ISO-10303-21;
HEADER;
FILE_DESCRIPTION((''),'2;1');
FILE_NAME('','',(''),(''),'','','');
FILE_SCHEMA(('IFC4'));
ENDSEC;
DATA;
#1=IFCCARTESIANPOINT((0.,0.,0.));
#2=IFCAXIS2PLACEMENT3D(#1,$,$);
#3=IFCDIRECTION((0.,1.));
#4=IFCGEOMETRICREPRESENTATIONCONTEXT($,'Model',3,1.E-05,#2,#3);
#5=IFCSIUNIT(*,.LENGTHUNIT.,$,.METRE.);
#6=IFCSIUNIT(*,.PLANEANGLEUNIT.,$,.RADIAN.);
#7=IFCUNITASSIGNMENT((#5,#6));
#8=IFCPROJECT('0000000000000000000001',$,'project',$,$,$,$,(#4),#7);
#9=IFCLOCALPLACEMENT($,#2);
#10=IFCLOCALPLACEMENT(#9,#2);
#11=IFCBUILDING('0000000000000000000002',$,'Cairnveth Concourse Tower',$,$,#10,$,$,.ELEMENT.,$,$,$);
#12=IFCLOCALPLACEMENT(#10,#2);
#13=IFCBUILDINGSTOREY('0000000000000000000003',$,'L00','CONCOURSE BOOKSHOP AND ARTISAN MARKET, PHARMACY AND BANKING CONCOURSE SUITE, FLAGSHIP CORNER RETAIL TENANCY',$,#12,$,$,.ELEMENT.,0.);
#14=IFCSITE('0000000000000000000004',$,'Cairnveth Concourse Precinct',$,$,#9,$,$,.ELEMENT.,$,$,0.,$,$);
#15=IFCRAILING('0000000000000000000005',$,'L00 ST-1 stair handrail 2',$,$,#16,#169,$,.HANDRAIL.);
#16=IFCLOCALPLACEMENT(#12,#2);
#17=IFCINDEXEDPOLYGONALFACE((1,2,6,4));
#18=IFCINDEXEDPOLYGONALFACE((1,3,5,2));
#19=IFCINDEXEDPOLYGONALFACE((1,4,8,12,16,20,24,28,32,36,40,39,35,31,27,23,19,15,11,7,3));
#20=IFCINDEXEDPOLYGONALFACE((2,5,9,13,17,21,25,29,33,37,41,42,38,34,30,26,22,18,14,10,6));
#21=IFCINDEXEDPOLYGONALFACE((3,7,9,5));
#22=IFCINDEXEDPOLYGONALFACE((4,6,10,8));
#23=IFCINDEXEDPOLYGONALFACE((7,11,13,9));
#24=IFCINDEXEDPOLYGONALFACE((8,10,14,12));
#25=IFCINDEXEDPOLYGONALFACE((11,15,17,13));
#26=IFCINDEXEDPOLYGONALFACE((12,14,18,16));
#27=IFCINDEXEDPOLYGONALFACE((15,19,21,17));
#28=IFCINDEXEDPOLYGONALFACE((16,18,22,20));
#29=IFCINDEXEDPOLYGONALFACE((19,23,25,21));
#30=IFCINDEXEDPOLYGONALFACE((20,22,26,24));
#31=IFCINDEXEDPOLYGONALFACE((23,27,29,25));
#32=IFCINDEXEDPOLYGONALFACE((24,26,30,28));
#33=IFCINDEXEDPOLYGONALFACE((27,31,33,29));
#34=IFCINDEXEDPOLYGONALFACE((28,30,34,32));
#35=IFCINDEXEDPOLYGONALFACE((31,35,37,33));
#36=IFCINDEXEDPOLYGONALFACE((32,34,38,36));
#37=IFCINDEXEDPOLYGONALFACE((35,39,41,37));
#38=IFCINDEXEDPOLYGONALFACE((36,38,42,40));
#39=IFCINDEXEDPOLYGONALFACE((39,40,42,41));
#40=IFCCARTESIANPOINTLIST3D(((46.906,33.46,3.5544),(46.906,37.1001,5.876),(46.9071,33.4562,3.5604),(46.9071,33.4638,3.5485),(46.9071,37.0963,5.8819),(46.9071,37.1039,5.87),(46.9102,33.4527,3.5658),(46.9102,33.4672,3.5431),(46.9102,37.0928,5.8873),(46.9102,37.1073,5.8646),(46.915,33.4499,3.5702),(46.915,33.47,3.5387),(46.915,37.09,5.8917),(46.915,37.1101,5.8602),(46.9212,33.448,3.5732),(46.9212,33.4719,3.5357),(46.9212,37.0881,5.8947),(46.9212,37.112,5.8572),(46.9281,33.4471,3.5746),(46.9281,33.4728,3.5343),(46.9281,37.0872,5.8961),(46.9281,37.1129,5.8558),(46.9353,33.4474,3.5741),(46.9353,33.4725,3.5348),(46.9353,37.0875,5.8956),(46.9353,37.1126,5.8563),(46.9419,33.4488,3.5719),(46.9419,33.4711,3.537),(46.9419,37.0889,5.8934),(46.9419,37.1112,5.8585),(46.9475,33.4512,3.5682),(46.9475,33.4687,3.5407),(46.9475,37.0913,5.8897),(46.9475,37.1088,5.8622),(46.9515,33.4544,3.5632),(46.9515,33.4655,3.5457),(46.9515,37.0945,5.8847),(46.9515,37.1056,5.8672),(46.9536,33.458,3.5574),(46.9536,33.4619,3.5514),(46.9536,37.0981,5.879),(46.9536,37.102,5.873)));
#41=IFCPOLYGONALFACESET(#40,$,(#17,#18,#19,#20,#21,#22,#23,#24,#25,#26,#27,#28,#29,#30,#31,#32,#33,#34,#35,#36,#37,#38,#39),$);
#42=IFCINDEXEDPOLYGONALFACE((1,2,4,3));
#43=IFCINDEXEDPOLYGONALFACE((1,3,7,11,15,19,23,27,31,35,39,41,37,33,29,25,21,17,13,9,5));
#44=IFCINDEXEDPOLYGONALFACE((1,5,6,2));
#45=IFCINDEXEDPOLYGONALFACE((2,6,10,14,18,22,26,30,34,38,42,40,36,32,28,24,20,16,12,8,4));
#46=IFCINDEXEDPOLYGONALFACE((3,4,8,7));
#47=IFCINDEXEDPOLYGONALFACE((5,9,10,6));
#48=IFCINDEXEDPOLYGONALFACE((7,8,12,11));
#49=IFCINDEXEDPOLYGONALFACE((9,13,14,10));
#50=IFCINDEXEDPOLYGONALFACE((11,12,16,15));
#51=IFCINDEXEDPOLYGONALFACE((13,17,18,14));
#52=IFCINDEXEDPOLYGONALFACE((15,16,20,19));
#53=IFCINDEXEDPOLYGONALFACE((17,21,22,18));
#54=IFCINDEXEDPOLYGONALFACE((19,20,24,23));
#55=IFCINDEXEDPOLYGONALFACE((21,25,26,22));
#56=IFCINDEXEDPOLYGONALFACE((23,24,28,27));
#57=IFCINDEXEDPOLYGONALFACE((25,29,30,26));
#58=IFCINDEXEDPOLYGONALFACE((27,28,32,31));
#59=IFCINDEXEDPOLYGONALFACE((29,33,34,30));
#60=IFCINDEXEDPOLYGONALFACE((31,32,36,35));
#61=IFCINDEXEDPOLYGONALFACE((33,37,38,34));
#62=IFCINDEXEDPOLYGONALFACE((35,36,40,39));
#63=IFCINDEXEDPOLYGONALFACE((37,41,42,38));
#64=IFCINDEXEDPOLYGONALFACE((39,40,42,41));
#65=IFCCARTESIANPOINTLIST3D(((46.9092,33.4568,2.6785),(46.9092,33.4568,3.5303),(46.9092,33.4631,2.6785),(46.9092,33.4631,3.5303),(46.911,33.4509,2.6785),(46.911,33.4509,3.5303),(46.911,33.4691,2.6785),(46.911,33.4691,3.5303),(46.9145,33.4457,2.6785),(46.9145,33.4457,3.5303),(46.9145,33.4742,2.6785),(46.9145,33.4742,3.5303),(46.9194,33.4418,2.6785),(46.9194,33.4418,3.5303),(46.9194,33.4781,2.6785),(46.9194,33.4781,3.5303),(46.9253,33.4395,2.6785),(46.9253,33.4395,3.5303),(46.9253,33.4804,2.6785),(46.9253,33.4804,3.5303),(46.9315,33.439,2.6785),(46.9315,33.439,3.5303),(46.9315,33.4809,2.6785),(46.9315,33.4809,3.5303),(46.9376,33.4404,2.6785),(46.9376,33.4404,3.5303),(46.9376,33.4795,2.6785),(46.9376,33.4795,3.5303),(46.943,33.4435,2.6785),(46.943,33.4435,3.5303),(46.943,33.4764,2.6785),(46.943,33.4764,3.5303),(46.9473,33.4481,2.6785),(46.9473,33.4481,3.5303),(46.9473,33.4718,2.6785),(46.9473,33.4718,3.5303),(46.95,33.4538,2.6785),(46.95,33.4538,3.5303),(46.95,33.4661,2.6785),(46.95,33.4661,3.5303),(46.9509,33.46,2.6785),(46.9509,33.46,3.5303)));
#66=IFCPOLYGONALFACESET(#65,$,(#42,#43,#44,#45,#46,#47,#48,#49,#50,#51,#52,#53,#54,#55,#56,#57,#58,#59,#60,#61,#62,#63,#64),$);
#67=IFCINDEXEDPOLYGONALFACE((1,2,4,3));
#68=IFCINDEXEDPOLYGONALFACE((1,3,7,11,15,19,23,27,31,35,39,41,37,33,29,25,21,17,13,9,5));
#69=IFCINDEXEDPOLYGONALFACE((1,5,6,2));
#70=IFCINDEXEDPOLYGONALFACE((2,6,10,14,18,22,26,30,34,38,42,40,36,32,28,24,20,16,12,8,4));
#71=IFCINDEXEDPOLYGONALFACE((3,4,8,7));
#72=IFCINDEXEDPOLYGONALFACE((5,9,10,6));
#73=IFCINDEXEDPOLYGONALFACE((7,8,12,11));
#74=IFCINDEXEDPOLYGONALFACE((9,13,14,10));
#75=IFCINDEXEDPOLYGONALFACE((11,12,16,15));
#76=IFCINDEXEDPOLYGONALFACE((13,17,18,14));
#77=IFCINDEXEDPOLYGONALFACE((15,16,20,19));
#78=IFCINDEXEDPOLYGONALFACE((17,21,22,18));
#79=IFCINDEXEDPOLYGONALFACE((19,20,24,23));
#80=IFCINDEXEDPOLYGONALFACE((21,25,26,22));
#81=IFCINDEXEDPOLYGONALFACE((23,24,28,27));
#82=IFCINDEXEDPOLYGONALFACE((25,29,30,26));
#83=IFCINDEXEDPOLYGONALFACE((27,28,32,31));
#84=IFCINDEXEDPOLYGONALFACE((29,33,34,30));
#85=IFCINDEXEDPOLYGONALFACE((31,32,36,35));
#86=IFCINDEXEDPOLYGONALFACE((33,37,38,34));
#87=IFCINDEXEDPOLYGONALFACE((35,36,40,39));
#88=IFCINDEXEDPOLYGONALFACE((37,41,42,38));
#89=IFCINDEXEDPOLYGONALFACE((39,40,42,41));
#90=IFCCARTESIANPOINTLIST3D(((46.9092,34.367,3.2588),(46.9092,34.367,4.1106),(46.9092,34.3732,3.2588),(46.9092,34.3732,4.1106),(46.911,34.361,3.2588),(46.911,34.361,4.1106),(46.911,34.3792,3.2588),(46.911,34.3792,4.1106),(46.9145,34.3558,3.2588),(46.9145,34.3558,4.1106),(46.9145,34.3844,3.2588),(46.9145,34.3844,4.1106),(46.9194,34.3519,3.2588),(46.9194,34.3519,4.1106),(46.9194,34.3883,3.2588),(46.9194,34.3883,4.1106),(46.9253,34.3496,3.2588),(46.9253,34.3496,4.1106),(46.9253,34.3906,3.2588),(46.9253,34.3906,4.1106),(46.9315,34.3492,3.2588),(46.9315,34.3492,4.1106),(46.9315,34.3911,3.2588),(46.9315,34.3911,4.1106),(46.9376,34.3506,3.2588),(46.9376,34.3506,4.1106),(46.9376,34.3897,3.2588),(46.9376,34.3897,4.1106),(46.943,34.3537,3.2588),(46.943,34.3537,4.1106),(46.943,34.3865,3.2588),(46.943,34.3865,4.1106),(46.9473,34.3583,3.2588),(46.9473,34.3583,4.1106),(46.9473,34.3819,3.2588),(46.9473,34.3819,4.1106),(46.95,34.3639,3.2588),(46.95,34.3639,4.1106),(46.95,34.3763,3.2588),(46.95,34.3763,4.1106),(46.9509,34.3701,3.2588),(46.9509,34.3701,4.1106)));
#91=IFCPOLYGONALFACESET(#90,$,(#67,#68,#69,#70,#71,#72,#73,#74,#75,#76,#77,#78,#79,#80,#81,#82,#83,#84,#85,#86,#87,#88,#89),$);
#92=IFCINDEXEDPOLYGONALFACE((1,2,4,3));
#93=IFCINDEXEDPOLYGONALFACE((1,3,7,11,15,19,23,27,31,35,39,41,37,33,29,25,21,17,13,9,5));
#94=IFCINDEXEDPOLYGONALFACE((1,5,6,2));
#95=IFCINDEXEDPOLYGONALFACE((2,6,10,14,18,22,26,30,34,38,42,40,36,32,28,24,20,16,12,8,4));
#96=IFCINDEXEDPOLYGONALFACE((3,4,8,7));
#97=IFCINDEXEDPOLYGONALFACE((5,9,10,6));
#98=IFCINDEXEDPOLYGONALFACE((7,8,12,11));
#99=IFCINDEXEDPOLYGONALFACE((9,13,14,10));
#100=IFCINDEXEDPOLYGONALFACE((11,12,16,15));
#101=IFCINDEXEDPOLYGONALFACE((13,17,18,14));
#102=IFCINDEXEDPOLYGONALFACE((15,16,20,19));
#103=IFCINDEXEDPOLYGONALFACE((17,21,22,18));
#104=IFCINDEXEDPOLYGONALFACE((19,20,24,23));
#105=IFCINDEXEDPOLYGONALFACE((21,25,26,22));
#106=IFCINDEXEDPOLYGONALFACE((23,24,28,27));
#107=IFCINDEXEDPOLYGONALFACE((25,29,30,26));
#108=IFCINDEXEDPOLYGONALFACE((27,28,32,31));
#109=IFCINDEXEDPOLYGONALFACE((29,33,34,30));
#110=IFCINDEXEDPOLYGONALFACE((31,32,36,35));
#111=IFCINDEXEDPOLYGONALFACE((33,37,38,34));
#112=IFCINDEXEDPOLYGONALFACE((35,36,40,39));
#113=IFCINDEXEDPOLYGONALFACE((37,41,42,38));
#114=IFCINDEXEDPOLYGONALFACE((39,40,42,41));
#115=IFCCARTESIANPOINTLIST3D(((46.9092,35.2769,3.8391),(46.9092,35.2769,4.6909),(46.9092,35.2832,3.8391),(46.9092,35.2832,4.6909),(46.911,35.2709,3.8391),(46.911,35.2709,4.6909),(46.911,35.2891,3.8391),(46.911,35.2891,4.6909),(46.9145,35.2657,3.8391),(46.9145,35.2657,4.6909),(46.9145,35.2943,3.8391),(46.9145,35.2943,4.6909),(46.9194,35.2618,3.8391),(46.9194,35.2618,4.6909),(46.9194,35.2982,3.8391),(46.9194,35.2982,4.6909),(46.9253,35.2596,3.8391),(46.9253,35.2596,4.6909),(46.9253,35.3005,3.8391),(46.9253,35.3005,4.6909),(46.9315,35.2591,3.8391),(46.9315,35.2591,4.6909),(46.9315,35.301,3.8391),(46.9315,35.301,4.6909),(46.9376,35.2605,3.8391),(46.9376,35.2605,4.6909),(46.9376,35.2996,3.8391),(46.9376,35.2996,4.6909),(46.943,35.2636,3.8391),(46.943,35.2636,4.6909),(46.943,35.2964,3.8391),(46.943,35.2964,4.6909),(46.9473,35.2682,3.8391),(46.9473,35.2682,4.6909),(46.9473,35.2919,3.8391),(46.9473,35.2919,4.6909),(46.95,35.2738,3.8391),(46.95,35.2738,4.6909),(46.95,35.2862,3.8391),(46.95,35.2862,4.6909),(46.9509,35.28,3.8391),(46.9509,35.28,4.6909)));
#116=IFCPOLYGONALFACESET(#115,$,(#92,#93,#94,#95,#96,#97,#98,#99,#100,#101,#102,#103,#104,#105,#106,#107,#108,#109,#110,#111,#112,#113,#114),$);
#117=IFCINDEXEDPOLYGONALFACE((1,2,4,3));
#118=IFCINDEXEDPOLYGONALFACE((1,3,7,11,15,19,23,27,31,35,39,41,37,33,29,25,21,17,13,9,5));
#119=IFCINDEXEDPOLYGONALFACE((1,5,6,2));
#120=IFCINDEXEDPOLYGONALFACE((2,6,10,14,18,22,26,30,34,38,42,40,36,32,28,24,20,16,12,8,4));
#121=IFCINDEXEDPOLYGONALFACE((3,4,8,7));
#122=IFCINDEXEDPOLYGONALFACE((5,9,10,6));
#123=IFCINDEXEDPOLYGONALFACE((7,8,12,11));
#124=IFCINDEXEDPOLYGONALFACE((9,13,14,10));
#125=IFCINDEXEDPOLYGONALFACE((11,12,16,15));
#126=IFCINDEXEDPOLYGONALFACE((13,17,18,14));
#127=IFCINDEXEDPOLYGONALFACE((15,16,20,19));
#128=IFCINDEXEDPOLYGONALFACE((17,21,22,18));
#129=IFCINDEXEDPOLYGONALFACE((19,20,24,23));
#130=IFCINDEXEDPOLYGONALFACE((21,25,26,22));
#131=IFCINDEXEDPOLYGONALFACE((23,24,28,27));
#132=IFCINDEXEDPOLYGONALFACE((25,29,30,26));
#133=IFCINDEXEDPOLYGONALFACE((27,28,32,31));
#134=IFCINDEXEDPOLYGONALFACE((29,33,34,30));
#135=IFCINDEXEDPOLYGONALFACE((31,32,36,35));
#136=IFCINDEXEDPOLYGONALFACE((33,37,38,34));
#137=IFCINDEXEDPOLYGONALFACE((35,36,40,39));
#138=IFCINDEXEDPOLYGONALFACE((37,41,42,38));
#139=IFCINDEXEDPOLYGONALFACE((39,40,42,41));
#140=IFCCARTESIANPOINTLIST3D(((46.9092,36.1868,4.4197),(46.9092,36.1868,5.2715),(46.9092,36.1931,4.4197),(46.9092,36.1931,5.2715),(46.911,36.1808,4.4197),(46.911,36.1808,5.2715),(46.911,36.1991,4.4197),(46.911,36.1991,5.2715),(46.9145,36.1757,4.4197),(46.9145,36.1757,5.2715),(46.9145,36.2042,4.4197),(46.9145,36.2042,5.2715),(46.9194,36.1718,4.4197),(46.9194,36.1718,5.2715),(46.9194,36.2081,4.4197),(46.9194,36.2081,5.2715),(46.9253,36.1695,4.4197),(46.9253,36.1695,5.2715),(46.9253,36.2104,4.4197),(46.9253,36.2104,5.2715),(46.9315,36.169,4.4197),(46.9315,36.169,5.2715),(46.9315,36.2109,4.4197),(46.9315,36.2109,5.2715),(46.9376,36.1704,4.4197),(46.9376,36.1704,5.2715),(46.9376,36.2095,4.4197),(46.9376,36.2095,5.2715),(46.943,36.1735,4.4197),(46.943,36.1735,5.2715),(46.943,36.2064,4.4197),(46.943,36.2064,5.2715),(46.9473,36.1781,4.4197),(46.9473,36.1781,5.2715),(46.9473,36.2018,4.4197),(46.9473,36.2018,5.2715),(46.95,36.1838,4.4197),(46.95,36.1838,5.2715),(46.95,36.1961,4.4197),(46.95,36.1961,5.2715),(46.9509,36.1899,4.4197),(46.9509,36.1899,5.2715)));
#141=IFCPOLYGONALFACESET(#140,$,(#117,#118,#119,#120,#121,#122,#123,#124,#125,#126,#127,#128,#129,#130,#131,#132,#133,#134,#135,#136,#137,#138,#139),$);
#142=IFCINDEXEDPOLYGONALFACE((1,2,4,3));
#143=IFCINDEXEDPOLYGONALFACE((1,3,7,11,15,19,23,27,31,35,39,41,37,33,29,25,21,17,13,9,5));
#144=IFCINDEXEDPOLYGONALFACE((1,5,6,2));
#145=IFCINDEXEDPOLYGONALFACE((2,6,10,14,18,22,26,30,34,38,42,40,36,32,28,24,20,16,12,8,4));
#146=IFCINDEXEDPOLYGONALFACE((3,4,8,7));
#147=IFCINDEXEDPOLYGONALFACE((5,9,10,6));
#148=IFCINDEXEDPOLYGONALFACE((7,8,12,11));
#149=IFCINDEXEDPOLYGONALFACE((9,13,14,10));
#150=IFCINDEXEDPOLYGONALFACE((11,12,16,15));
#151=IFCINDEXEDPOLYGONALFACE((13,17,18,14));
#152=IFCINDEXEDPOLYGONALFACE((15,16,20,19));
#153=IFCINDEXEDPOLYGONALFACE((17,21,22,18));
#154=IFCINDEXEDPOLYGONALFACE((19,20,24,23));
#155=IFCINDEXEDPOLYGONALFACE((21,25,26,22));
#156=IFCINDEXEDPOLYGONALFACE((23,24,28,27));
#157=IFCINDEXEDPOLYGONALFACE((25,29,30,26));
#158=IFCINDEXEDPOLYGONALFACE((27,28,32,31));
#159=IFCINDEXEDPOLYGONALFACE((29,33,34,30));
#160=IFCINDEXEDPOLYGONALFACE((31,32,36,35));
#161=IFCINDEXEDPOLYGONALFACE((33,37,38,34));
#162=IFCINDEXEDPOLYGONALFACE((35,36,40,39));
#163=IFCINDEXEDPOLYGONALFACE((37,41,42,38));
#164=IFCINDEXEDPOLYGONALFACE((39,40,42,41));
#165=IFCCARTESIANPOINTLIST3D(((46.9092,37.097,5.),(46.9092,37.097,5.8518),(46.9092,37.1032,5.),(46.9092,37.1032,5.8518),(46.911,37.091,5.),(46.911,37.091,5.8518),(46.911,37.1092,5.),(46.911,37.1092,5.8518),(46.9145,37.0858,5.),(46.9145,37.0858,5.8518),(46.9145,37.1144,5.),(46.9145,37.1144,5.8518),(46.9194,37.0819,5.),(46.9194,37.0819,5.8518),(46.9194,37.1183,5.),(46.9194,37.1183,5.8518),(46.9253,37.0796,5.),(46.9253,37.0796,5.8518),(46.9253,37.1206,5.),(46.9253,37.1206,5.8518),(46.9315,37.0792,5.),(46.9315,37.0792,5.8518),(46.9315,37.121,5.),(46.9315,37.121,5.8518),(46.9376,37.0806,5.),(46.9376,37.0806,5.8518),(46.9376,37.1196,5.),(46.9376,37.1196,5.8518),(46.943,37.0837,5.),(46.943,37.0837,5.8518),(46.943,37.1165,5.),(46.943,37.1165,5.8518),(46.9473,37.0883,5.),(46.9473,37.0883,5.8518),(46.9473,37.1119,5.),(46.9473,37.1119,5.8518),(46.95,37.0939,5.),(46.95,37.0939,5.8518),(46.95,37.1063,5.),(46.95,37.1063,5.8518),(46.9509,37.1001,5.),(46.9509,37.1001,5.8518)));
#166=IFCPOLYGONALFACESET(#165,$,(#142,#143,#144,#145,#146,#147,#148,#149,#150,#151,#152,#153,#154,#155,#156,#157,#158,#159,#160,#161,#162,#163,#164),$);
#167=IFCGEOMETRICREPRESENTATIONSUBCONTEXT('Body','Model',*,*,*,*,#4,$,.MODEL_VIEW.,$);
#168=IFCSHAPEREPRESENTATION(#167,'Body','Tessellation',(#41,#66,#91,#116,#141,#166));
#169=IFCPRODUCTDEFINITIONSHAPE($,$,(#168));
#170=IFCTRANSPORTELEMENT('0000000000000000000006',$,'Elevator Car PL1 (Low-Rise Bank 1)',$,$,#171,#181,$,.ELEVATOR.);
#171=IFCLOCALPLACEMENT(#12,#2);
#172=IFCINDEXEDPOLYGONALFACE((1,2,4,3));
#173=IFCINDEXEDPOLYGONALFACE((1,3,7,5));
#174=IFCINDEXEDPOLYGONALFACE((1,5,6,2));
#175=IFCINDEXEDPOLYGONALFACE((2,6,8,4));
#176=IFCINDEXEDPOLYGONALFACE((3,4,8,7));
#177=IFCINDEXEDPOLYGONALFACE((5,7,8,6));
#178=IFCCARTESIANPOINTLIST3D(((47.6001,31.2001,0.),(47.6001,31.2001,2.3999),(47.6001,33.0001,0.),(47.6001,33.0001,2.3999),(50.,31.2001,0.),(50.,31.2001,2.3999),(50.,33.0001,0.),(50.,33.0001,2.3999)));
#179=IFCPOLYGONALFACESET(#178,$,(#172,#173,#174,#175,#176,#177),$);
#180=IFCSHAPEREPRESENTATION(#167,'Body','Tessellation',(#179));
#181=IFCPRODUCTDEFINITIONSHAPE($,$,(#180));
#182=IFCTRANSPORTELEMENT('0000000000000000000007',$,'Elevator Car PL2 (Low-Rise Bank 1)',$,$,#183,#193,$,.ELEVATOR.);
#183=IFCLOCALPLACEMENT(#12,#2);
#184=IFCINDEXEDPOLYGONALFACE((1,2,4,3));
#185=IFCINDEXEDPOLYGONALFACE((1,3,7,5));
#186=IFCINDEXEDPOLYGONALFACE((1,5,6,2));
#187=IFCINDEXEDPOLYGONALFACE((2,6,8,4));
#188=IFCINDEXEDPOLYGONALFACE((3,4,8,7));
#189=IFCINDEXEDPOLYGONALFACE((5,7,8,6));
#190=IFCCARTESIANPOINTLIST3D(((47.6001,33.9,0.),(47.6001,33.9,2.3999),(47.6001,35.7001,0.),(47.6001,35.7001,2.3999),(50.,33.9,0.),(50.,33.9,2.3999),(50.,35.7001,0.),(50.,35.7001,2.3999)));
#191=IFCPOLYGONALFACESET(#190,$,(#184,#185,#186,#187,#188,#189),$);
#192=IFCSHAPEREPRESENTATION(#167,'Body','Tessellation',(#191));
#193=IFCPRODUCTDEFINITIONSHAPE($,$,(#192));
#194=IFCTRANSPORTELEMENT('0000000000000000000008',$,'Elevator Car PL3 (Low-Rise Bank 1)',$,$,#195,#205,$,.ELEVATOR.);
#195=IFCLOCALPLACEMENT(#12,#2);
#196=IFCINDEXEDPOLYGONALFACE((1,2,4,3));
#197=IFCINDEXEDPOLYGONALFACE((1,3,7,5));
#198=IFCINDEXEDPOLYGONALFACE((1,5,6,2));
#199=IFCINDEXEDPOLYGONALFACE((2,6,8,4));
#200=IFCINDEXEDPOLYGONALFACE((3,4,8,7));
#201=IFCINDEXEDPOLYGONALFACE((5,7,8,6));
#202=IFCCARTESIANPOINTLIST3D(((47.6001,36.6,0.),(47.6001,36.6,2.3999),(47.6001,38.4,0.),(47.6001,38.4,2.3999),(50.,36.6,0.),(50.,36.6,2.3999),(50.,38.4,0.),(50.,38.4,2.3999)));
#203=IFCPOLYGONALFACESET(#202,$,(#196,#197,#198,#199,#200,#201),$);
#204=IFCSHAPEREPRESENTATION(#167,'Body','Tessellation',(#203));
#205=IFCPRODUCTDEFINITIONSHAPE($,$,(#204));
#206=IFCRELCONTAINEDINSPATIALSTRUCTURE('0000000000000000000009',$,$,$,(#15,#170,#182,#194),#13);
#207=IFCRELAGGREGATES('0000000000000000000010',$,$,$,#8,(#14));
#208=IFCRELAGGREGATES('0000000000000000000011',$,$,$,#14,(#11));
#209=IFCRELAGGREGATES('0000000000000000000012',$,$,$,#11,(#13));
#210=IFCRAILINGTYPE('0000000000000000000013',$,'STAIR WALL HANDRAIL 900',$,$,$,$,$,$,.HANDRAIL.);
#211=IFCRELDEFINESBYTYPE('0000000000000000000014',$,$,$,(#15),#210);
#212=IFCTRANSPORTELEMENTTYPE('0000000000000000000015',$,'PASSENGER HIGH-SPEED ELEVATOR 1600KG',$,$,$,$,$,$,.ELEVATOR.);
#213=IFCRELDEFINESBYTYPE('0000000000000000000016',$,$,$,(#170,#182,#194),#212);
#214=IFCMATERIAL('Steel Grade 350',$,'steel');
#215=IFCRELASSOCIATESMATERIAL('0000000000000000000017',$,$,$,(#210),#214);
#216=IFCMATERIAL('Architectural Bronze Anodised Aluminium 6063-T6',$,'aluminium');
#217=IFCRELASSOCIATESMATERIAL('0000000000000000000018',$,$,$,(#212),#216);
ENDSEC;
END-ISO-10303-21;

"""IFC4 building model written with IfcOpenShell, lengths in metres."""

from ifc_helpers import new_model, si_unit, direction, frame, origin, origin_2d, place, context, subcontext, project, spatial, rectangle, circle, extrude, material, type_object, element, save


model = new_model("IFC4")

# Units and contexts
model_context = context("Model", 3, precision=1e-05, world=origin(), true_north=direction((0.0, 1.0)))
body_context = subcontext(model_context, "Body", "Model", "MODEL_VIEW")
ifc_project = project(units=[si_unit("LENGTHUNIT", "METRE"), si_unit("PLANEANGLEUNIT", "RADIAN")], contexts=[model_context])

# Site, building, storey
site_placement = place(None, origin())
site = spatial("IfcSite", under=ifc_project, at=site_placement, Name="Cairnveth Concourse Precinct", CompositionType="ELEMENT", RefElevation=0.0)
building_placement = place(site_placement, origin())
building = spatial("IfcBuilding", under=site, at=building_placement, Name="Cairnveth Concourse Tower", CompositionType="ELEMENT")
storey_placement = place(building_placement, origin())
storey = spatial("IfcBuildingStorey", under=building, at=storey_placement, Name="L00", Description="CONCOURSE BOOKSHOP AND ARTISAN MARKET, PHARMACY AND BANKING CONCOURSE SUITE, FLAGSHIP CORNER RETAIL TENANCY", CompositionType="ELEMENT", Elevation=0.0)

# Shared definitions
ifc_material_1 = material(Name="Steel Grade 350", Category="steel")

# Shared definitions
ifc_material_2 = material(Name="Architectural Bronze Anodised Aluminium 6063-T6", Category="aluminium")

# Railing
railing_type_1 = type_object("IfcRailingType", Name="STAIR WALL HANDRAIL 900", PredefinedType="HANDRAIL", material=ifc_material_1)
railing_1_placement = place(storey_placement, frame((46.9299, 33.46, 2.6785)))
element("IfcRailing", 1, at=railing_1_placement, inside=storey, type_object=railing_type_1, Name="L00 ST-1 stair handrail 2", PredefinedType="HANDRAIL", context=body_context, shape_type="SweptSolid", body=[
    extrude(circle(Radius=0.0239, at=origin_2d()), frame((0.0, 0.0, 0.876), z_axis=(0.0, 0.843128, 0.537713), x_axis=(-1.0, 0.0, 0.0)), (0.0, 0.0, 1.0), 4.3174),
    extrude(circle(Radius=0.021, at=origin_2d()), origin(), (0.0, 0.0, 1.0), 0.8518),
    extrude(circle(Radius=0.021, at=origin_2d()), frame((0.0, 0.9102, 0.5803)), (0.0, 0.0, 1.0), 0.8518),
    extrude(circle(Radius=0.021, at=origin_2d()), frame((0.0, 1.8201, 1.1606)), (0.0, 0.0, 1.0), 0.8518),
    extrude(circle(Radius=0.021, at=origin_2d()), frame((0.0, 2.73, 1.7412)), (0.0, 0.0, 1.0), 0.8518),
    extrude(circle(Radius=0.021, at=origin_2d()), frame((0.0, 3.6401, 2.3215)), (0.0, 0.0, 1.0), 0.8518),
])

# Transport elements
transport_element_type = type_object("IfcTransportElementType", Name="PASSENGER HIGH-SPEED ELEVATOR 1600KG", PredefinedType="ELEVATOR", material=ifc_material_2)
for number, where, z_axis, x_axis, name in (
    (2, (48.8, 32.1001, 0.0), (0.0, 0.0, 1.0), (1.0, 0.0, 0.0), "Elevator Car PL1 (Low-Rise Bank 1)"),
    (3, (48.8, 34.8, 0.0), (0.0, 0.0, 1.0), (1.0, 0.0, 0.0), "Elevator Car PL2 (Low-Rise Bank 1)"),
    (4, (48.8, 37.5, 0.0), (0.0, 0.0, 1.0), (1.0, 0.0, 0.0), "Elevator Car PL3 (Low-Rise Bank 1)"),
):
    element("IfcTransportElement", number, at=place(storey_placement, frame(where, z_axis=z_axis, x_axis=x_axis)), inside=storey, type_object=transport_element_type, Name=name, PredefinedType="ELEVATOR", context=body_context, shape_type="SweptSolid", body=[
        extrude(rectangle(XDim=2.3999, YDim=1.8, at=origin_2d()), origin(), (0.0, 0.0, 1.0), 2.3999),
    ])

save(model, "model.ifc")
